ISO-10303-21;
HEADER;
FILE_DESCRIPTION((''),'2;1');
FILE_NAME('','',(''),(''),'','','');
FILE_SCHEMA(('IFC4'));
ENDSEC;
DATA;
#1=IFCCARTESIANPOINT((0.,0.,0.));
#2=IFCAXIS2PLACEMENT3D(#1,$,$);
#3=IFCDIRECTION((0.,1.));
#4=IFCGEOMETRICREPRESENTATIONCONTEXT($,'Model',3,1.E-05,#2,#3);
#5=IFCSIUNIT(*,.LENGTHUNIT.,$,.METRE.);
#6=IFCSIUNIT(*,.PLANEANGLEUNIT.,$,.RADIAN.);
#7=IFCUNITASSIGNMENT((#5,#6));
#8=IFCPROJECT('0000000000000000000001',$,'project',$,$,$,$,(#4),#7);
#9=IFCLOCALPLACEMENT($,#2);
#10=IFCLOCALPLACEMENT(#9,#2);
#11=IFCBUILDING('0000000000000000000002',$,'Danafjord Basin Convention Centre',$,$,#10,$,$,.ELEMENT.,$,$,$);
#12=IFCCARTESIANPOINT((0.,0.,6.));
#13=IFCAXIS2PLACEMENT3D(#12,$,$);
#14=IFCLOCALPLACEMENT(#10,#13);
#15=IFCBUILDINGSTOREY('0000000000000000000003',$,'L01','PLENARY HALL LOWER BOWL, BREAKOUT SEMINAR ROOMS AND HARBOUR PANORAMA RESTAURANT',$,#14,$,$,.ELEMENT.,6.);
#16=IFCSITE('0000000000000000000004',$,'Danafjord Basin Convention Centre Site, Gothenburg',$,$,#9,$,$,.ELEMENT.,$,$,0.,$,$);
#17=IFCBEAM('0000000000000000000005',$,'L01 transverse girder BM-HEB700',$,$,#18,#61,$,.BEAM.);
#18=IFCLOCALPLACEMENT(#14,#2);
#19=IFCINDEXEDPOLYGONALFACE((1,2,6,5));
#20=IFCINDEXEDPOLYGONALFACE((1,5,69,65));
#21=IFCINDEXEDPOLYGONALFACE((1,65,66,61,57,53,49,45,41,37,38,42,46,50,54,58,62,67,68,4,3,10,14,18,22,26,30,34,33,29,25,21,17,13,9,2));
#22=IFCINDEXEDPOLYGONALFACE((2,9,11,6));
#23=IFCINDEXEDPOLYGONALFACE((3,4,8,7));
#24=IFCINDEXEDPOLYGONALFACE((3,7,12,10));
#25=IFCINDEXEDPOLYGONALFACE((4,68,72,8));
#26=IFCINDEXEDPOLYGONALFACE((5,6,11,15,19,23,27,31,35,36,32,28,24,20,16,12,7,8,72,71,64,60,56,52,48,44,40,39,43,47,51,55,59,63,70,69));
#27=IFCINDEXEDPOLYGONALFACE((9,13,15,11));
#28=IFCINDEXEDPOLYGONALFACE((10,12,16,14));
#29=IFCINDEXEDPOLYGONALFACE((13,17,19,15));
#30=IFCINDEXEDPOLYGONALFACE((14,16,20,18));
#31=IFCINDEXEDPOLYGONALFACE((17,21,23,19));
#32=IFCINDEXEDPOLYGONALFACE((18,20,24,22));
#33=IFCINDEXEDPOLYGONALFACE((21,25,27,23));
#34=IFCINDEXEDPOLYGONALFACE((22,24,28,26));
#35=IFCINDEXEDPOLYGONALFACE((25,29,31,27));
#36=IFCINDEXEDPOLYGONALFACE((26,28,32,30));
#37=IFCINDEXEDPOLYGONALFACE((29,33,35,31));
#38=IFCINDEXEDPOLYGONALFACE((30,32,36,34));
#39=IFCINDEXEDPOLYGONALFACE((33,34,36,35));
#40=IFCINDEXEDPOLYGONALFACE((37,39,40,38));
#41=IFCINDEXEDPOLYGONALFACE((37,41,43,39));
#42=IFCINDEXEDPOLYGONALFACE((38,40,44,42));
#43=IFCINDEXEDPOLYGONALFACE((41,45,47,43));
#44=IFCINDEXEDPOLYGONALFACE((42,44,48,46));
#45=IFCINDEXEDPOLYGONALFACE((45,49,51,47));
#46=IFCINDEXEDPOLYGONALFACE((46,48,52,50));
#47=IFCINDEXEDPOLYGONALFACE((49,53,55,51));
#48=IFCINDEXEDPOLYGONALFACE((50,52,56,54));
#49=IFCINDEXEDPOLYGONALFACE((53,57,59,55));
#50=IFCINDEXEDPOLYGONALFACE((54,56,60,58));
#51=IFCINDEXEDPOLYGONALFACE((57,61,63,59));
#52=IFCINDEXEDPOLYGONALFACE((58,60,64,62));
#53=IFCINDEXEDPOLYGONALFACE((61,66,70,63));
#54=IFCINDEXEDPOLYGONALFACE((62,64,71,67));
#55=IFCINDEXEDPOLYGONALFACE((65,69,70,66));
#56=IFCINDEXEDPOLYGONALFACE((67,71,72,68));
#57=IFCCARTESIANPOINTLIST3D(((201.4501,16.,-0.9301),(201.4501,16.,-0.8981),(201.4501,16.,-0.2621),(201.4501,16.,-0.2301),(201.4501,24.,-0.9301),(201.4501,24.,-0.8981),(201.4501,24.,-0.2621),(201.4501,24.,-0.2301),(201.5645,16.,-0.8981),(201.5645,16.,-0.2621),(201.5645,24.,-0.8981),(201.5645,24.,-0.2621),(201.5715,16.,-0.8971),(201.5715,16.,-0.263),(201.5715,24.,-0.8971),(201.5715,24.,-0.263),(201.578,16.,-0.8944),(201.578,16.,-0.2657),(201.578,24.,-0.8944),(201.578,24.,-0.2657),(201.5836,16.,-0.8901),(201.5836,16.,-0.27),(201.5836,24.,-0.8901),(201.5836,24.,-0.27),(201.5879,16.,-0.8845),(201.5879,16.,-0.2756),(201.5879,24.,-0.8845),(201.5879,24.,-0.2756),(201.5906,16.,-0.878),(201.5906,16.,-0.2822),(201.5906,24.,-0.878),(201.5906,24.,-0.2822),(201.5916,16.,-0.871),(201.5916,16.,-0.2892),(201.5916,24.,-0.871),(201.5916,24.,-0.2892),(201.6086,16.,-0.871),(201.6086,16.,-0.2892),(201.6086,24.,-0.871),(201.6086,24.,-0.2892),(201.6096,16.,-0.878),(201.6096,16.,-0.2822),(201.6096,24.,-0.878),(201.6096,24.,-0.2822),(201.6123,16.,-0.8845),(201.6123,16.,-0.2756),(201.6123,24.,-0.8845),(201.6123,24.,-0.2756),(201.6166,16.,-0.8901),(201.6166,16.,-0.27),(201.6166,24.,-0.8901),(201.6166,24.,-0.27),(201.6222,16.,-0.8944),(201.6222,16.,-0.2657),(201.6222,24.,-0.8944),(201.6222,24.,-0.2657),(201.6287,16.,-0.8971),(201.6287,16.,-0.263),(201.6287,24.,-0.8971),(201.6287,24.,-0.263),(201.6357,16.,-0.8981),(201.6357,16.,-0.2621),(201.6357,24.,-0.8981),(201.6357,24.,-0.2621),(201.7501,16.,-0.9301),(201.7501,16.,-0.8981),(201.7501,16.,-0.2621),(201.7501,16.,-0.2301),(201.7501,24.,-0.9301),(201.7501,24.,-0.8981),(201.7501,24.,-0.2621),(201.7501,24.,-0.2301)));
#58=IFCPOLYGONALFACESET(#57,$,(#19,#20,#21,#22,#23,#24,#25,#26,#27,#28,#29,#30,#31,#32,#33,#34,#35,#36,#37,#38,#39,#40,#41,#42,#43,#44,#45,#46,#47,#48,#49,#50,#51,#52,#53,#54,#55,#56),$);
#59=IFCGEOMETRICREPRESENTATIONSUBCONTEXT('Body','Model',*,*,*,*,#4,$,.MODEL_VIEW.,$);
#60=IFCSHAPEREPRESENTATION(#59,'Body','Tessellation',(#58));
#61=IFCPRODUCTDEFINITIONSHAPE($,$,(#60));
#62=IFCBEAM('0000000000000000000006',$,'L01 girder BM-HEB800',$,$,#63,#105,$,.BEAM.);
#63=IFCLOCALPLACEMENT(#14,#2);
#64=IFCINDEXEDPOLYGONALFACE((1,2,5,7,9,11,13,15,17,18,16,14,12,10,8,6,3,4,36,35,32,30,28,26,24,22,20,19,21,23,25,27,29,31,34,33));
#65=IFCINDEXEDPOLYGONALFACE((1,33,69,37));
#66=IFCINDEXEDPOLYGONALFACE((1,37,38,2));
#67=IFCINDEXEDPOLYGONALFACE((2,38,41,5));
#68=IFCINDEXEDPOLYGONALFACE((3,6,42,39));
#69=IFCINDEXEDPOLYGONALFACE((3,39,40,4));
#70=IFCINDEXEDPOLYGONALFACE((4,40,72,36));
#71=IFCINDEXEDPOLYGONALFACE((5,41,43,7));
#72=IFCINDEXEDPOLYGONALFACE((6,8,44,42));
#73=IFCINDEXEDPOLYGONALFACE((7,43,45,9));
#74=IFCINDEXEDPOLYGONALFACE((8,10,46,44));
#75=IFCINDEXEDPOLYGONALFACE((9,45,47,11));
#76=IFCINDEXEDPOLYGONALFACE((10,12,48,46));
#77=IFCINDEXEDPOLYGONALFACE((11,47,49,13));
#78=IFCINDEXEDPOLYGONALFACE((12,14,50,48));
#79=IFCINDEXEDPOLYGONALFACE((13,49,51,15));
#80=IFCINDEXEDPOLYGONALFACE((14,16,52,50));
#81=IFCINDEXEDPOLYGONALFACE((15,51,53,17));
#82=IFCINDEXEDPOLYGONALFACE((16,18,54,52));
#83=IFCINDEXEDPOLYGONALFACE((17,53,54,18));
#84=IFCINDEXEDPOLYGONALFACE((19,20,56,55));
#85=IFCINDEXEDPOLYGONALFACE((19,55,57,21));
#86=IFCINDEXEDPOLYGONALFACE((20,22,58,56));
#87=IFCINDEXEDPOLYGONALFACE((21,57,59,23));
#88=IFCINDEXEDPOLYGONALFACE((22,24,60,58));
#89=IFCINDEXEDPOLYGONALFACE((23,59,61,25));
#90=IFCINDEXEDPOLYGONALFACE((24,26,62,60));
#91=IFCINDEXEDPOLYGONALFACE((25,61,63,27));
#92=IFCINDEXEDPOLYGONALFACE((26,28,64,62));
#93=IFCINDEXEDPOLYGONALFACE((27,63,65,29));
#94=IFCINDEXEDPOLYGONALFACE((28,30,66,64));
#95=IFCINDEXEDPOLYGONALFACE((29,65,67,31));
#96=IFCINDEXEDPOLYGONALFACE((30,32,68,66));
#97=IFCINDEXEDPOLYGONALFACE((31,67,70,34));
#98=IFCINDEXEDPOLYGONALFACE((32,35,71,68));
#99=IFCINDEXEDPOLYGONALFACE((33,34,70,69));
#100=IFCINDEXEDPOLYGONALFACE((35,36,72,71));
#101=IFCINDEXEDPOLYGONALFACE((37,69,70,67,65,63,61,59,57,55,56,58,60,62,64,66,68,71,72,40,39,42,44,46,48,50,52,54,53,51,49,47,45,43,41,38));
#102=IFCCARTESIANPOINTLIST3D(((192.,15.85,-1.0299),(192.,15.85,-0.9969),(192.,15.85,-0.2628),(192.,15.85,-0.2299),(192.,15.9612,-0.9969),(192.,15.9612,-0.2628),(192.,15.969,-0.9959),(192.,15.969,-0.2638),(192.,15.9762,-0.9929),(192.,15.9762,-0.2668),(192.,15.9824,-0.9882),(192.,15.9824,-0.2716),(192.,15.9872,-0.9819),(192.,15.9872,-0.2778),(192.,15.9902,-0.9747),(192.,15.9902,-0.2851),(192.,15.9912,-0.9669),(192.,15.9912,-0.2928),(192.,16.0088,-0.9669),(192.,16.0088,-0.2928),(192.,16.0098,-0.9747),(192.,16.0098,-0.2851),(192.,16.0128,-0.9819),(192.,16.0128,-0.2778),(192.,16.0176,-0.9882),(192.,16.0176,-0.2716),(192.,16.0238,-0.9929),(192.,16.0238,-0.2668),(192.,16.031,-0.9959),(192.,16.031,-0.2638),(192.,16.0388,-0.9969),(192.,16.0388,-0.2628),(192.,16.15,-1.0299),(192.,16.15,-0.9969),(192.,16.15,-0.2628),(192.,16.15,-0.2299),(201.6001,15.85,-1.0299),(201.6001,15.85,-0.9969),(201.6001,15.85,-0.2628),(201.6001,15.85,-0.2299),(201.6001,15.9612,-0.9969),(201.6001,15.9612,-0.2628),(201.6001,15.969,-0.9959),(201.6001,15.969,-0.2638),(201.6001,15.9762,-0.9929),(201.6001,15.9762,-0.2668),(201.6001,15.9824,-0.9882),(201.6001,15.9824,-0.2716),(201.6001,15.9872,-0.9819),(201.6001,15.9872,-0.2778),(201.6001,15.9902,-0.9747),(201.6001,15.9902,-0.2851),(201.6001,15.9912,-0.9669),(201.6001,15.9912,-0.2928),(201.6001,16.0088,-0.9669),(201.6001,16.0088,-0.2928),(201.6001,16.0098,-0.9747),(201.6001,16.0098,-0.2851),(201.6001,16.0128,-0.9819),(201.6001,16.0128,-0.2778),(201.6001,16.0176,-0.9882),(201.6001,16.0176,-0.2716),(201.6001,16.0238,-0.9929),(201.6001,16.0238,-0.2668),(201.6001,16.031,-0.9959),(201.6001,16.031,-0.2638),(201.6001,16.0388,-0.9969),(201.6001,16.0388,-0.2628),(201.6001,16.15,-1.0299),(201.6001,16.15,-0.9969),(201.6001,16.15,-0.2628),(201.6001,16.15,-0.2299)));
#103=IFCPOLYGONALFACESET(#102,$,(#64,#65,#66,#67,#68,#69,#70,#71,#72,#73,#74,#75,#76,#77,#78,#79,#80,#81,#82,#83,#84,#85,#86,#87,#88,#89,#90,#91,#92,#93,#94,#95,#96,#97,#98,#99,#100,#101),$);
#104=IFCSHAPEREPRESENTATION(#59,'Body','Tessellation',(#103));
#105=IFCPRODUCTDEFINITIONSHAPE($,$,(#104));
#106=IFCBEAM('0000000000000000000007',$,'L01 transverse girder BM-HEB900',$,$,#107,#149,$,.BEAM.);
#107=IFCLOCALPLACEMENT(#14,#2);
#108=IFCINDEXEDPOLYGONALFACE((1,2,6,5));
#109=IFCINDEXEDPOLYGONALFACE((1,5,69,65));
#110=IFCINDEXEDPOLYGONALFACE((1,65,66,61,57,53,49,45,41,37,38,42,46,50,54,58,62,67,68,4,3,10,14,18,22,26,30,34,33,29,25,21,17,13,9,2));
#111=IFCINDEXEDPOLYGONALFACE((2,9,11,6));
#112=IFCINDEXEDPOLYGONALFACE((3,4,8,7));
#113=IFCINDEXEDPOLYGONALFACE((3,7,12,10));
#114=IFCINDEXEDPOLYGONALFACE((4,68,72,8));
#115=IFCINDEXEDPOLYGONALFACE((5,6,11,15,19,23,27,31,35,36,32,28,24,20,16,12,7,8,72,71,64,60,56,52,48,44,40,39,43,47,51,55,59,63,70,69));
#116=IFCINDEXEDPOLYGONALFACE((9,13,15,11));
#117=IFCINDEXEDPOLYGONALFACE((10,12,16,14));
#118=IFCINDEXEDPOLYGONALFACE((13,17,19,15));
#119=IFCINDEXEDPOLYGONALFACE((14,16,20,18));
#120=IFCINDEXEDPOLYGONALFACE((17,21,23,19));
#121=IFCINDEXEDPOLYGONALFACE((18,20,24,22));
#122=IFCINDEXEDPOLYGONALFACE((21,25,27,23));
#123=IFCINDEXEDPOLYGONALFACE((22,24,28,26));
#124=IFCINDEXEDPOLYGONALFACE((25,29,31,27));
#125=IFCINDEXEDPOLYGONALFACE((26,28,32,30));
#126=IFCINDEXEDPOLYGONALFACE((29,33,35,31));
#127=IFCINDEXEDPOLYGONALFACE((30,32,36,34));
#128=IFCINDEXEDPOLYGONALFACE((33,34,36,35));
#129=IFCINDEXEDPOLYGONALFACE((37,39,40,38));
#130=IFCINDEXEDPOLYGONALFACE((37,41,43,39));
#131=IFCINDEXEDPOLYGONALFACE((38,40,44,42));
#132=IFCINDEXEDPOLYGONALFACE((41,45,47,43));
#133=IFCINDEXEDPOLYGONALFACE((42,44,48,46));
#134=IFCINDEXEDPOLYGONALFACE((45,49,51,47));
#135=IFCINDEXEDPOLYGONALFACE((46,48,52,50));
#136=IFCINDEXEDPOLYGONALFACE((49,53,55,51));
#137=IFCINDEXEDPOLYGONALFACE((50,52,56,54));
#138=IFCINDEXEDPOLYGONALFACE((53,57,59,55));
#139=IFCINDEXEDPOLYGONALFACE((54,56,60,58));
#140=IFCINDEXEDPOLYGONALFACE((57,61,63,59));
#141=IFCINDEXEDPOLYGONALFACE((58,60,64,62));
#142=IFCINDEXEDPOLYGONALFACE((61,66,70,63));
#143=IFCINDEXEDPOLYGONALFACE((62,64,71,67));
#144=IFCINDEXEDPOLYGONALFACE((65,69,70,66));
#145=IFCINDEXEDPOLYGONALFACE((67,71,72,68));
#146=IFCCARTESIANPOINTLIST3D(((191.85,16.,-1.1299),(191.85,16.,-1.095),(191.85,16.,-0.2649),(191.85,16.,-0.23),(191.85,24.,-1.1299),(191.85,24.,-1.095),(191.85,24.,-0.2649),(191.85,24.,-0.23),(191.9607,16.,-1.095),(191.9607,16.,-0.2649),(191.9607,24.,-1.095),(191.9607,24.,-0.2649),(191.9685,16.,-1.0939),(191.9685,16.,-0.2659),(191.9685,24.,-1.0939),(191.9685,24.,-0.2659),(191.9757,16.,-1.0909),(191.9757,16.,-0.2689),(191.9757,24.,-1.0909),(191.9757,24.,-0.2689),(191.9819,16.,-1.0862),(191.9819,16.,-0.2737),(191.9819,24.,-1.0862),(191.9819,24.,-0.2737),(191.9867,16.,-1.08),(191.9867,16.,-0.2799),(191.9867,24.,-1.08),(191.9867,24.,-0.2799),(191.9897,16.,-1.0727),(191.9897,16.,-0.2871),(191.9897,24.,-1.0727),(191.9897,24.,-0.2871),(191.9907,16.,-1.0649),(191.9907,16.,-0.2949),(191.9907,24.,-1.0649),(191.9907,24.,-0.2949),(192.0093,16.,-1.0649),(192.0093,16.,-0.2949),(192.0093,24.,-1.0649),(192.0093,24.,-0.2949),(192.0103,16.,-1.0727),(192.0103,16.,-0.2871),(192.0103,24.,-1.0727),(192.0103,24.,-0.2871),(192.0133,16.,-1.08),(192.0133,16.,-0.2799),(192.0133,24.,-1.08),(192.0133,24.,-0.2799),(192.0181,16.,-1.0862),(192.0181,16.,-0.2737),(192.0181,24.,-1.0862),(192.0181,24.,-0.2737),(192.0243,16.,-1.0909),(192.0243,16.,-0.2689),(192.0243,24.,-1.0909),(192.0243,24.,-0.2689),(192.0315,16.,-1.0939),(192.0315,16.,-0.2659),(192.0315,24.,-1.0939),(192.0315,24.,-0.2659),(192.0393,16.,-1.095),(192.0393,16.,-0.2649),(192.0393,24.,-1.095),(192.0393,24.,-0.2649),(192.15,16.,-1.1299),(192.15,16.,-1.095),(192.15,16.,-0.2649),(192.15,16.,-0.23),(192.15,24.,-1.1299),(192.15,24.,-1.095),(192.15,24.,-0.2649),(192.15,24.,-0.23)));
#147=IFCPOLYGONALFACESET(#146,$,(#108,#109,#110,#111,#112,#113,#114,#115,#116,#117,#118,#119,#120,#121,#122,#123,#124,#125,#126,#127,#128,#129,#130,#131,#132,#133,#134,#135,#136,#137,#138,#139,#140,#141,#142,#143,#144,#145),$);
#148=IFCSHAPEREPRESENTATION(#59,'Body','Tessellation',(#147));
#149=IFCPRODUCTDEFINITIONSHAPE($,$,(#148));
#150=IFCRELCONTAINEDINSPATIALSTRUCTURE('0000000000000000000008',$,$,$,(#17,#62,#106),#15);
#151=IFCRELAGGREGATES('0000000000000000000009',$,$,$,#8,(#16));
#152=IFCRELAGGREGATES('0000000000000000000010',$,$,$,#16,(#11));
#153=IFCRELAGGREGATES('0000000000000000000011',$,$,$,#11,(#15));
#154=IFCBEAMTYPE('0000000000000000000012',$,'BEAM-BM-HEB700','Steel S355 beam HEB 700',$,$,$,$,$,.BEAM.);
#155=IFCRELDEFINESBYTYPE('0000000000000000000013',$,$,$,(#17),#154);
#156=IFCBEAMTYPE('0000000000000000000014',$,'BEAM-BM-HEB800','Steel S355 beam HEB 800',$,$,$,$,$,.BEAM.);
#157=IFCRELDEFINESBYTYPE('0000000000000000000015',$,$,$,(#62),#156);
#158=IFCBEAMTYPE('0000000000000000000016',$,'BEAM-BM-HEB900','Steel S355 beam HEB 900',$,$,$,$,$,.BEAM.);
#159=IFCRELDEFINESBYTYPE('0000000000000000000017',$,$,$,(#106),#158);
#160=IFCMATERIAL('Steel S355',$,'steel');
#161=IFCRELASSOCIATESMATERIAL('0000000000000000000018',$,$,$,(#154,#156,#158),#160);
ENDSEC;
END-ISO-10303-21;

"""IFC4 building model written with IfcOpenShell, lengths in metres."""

from ifc_helpers import new_model, si_unit, direction, frame, origin, origin_2d, place, context, subcontext, project, spatial, i_section, extrude, material, material_profile, profile_set, type_object, element, save


model = new_model("IFC4")

# Units and contexts
model_context = context("Model", 3, precision=1e-05, world=origin(), true_north=direction((0.0, 1.0)))
body_context = subcontext(model_context, "Body", "Model", "MODEL_VIEW")
ifc_project = project(units=[si_unit("LENGTHUNIT", "METRE"), si_unit("PLANEANGLEUNIT", "RADIAN")], contexts=[model_context])

# Site, building, storey
site_placement = place(None, origin())
site = spatial("IfcSite", under=ifc_project, at=site_placement, Name="Danafjord Basin Convention Centre Site, Gothenburg", CompositionType="ELEMENT", RefElevation=0.0)
building_placement = place(site_placement, origin())
building = spatial("IfcBuilding", under=site, at=building_placement, Name="Danafjord Basin Convention Centre", CompositionType="ELEMENT")
storey_placement = place(building_placement, frame((0.0, 0.0, 6.0)))
storey = spatial("IfcBuildingStorey", under=building, at=storey_placement, Name="L01", Description="PLENARY HALL LOWER BOWL, BREAKOUT SEMINAR ROOMS AND HARBOUR PANORAMA RESTAURANT", CompositionType="ELEMENT", Elevation=6.0)

# Shared definitions
ifc_material_1 = material(Name="Steel S355", Category="steel")

# Beams
ifc_material_profile_1 = material_profile(ifc_material_1, i_section(OverallWidth=0.3, OverallDepth=0.7, WebThickness=0.0171, FlangeThickness=0.032, FilletRadius=0.0271, at=origin_2d()), Name="HEB 700")
ifc_profile_set_1 = profile_set([ifc_material_profile_1], Name="Steel S355")
beam_type_1 = type_object("IfcBeamType", Name="BEAM-BM-HEB700", Description="Steel S355 beam HEB 700", PredefinedType="BEAM", material=ifc_profile_set_1)
for number, where, z_axis, x_axis, name in (
    (1, (201.6001, 16.0, -0.5801), (0.0, 1.0, 0.0), (-1.0, 0.0, 0.0), "L01 transverse girder BM-HEB700"),
):
    element("IfcBeam", number, at=place(storey_placement, frame(where, z_axis=z_axis, x_axis=x_axis)), inside=storey, type_object=beam_type_1, Name=name, PredefinedType="BEAM", context=body_context, shape_type="SweptSolid", body=[
        extrude(i_section(OverallWidth=0.3, OverallDepth=0.7, WebThickness=0.0171, FlangeThickness=0.032, FilletRadius=0.0271, at=origin_2d()), origin(), (0.0, 0.0, 1.0), 8.0),
    ])
ifc_material_profile_2 = material_profile(ifc_material_1, i_section(OverallWidth=0.3, OverallDepth=0.8, WebThickness=0.0176, FlangeThickness=0.033, FilletRadius=0.03, at=origin_2d()), Name="HEB 800")
ifc_profile_set_2 = profile_set([ifc_material_profile_2], Name="Steel S355")
beam_type_2 = type_object("IfcBeamType", Name="BEAM-BM-HEB800", Description="Steel S355 beam HEB 800", PredefinedType="BEAM", material=ifc_profile_set_2)
beam_1_placement = place(storey_placement, frame((192.0, 16.0, -0.6299), z_axis=(1.0, 0.0, 0.0), x_axis=(0.0, 1.0, 0.0)))
element("IfcBeam", 2, at=beam_1_placement, inside=storey, type_object=beam_type_2, Name="L01 girder BM-HEB800", PredefinedType="BEAM", context=body_context, shape_type="SweptSolid", body=[
    extrude(i_section(OverallWidth=0.3, OverallDepth=0.8, WebThickness=0.0176, FlangeThickness=0.033, FilletRadius=0.03, at=origin_2d()), origin(), (0.0, 0.0, 1.0), 9.6001),
])
ifc_material_profile_3 = material_profile(ifc_material_1, i_section(OverallWidth=0.3, OverallDepth=0.8999, WebThickness=0.0186, FlangeThickness=0.0349, FilletRadius=0.03, at=origin_2d()), Name="HEB 900")
ifc_profile_set_3 = profile_set([ifc_material_profile_3], Name="Steel S355")
beam_type_3 = type_object("IfcBeamType", Name="BEAM-BM-HEB900", Description="Steel S355 beam HEB 900", PredefinedType="BEAM", material=ifc_profile_set_3)
beam_2_placement = place(storey_placement, frame((192.0, 16.0, -0.6799), z_axis=(0.0, 1.0, 0.0), x_axis=(-1.0, 0.0, 0.0)))
element("IfcBeam", 3, at=beam_2_placement, inside=storey, type_object=beam_type_3, Name="L01 transverse girder BM-HEB900", PredefinedType="BEAM", context=body_context, shape_type="SweptSolid", body=[
    extrude(i_section(OverallWidth=0.3, OverallDepth=0.8999, WebThickness=0.0186, FlangeThickness=0.0349, FilletRadius=0.03, at=origin_2d()), origin(), (0.0, 0.0, 1.0), 8.0),
])

save(model, "model.ifc")
